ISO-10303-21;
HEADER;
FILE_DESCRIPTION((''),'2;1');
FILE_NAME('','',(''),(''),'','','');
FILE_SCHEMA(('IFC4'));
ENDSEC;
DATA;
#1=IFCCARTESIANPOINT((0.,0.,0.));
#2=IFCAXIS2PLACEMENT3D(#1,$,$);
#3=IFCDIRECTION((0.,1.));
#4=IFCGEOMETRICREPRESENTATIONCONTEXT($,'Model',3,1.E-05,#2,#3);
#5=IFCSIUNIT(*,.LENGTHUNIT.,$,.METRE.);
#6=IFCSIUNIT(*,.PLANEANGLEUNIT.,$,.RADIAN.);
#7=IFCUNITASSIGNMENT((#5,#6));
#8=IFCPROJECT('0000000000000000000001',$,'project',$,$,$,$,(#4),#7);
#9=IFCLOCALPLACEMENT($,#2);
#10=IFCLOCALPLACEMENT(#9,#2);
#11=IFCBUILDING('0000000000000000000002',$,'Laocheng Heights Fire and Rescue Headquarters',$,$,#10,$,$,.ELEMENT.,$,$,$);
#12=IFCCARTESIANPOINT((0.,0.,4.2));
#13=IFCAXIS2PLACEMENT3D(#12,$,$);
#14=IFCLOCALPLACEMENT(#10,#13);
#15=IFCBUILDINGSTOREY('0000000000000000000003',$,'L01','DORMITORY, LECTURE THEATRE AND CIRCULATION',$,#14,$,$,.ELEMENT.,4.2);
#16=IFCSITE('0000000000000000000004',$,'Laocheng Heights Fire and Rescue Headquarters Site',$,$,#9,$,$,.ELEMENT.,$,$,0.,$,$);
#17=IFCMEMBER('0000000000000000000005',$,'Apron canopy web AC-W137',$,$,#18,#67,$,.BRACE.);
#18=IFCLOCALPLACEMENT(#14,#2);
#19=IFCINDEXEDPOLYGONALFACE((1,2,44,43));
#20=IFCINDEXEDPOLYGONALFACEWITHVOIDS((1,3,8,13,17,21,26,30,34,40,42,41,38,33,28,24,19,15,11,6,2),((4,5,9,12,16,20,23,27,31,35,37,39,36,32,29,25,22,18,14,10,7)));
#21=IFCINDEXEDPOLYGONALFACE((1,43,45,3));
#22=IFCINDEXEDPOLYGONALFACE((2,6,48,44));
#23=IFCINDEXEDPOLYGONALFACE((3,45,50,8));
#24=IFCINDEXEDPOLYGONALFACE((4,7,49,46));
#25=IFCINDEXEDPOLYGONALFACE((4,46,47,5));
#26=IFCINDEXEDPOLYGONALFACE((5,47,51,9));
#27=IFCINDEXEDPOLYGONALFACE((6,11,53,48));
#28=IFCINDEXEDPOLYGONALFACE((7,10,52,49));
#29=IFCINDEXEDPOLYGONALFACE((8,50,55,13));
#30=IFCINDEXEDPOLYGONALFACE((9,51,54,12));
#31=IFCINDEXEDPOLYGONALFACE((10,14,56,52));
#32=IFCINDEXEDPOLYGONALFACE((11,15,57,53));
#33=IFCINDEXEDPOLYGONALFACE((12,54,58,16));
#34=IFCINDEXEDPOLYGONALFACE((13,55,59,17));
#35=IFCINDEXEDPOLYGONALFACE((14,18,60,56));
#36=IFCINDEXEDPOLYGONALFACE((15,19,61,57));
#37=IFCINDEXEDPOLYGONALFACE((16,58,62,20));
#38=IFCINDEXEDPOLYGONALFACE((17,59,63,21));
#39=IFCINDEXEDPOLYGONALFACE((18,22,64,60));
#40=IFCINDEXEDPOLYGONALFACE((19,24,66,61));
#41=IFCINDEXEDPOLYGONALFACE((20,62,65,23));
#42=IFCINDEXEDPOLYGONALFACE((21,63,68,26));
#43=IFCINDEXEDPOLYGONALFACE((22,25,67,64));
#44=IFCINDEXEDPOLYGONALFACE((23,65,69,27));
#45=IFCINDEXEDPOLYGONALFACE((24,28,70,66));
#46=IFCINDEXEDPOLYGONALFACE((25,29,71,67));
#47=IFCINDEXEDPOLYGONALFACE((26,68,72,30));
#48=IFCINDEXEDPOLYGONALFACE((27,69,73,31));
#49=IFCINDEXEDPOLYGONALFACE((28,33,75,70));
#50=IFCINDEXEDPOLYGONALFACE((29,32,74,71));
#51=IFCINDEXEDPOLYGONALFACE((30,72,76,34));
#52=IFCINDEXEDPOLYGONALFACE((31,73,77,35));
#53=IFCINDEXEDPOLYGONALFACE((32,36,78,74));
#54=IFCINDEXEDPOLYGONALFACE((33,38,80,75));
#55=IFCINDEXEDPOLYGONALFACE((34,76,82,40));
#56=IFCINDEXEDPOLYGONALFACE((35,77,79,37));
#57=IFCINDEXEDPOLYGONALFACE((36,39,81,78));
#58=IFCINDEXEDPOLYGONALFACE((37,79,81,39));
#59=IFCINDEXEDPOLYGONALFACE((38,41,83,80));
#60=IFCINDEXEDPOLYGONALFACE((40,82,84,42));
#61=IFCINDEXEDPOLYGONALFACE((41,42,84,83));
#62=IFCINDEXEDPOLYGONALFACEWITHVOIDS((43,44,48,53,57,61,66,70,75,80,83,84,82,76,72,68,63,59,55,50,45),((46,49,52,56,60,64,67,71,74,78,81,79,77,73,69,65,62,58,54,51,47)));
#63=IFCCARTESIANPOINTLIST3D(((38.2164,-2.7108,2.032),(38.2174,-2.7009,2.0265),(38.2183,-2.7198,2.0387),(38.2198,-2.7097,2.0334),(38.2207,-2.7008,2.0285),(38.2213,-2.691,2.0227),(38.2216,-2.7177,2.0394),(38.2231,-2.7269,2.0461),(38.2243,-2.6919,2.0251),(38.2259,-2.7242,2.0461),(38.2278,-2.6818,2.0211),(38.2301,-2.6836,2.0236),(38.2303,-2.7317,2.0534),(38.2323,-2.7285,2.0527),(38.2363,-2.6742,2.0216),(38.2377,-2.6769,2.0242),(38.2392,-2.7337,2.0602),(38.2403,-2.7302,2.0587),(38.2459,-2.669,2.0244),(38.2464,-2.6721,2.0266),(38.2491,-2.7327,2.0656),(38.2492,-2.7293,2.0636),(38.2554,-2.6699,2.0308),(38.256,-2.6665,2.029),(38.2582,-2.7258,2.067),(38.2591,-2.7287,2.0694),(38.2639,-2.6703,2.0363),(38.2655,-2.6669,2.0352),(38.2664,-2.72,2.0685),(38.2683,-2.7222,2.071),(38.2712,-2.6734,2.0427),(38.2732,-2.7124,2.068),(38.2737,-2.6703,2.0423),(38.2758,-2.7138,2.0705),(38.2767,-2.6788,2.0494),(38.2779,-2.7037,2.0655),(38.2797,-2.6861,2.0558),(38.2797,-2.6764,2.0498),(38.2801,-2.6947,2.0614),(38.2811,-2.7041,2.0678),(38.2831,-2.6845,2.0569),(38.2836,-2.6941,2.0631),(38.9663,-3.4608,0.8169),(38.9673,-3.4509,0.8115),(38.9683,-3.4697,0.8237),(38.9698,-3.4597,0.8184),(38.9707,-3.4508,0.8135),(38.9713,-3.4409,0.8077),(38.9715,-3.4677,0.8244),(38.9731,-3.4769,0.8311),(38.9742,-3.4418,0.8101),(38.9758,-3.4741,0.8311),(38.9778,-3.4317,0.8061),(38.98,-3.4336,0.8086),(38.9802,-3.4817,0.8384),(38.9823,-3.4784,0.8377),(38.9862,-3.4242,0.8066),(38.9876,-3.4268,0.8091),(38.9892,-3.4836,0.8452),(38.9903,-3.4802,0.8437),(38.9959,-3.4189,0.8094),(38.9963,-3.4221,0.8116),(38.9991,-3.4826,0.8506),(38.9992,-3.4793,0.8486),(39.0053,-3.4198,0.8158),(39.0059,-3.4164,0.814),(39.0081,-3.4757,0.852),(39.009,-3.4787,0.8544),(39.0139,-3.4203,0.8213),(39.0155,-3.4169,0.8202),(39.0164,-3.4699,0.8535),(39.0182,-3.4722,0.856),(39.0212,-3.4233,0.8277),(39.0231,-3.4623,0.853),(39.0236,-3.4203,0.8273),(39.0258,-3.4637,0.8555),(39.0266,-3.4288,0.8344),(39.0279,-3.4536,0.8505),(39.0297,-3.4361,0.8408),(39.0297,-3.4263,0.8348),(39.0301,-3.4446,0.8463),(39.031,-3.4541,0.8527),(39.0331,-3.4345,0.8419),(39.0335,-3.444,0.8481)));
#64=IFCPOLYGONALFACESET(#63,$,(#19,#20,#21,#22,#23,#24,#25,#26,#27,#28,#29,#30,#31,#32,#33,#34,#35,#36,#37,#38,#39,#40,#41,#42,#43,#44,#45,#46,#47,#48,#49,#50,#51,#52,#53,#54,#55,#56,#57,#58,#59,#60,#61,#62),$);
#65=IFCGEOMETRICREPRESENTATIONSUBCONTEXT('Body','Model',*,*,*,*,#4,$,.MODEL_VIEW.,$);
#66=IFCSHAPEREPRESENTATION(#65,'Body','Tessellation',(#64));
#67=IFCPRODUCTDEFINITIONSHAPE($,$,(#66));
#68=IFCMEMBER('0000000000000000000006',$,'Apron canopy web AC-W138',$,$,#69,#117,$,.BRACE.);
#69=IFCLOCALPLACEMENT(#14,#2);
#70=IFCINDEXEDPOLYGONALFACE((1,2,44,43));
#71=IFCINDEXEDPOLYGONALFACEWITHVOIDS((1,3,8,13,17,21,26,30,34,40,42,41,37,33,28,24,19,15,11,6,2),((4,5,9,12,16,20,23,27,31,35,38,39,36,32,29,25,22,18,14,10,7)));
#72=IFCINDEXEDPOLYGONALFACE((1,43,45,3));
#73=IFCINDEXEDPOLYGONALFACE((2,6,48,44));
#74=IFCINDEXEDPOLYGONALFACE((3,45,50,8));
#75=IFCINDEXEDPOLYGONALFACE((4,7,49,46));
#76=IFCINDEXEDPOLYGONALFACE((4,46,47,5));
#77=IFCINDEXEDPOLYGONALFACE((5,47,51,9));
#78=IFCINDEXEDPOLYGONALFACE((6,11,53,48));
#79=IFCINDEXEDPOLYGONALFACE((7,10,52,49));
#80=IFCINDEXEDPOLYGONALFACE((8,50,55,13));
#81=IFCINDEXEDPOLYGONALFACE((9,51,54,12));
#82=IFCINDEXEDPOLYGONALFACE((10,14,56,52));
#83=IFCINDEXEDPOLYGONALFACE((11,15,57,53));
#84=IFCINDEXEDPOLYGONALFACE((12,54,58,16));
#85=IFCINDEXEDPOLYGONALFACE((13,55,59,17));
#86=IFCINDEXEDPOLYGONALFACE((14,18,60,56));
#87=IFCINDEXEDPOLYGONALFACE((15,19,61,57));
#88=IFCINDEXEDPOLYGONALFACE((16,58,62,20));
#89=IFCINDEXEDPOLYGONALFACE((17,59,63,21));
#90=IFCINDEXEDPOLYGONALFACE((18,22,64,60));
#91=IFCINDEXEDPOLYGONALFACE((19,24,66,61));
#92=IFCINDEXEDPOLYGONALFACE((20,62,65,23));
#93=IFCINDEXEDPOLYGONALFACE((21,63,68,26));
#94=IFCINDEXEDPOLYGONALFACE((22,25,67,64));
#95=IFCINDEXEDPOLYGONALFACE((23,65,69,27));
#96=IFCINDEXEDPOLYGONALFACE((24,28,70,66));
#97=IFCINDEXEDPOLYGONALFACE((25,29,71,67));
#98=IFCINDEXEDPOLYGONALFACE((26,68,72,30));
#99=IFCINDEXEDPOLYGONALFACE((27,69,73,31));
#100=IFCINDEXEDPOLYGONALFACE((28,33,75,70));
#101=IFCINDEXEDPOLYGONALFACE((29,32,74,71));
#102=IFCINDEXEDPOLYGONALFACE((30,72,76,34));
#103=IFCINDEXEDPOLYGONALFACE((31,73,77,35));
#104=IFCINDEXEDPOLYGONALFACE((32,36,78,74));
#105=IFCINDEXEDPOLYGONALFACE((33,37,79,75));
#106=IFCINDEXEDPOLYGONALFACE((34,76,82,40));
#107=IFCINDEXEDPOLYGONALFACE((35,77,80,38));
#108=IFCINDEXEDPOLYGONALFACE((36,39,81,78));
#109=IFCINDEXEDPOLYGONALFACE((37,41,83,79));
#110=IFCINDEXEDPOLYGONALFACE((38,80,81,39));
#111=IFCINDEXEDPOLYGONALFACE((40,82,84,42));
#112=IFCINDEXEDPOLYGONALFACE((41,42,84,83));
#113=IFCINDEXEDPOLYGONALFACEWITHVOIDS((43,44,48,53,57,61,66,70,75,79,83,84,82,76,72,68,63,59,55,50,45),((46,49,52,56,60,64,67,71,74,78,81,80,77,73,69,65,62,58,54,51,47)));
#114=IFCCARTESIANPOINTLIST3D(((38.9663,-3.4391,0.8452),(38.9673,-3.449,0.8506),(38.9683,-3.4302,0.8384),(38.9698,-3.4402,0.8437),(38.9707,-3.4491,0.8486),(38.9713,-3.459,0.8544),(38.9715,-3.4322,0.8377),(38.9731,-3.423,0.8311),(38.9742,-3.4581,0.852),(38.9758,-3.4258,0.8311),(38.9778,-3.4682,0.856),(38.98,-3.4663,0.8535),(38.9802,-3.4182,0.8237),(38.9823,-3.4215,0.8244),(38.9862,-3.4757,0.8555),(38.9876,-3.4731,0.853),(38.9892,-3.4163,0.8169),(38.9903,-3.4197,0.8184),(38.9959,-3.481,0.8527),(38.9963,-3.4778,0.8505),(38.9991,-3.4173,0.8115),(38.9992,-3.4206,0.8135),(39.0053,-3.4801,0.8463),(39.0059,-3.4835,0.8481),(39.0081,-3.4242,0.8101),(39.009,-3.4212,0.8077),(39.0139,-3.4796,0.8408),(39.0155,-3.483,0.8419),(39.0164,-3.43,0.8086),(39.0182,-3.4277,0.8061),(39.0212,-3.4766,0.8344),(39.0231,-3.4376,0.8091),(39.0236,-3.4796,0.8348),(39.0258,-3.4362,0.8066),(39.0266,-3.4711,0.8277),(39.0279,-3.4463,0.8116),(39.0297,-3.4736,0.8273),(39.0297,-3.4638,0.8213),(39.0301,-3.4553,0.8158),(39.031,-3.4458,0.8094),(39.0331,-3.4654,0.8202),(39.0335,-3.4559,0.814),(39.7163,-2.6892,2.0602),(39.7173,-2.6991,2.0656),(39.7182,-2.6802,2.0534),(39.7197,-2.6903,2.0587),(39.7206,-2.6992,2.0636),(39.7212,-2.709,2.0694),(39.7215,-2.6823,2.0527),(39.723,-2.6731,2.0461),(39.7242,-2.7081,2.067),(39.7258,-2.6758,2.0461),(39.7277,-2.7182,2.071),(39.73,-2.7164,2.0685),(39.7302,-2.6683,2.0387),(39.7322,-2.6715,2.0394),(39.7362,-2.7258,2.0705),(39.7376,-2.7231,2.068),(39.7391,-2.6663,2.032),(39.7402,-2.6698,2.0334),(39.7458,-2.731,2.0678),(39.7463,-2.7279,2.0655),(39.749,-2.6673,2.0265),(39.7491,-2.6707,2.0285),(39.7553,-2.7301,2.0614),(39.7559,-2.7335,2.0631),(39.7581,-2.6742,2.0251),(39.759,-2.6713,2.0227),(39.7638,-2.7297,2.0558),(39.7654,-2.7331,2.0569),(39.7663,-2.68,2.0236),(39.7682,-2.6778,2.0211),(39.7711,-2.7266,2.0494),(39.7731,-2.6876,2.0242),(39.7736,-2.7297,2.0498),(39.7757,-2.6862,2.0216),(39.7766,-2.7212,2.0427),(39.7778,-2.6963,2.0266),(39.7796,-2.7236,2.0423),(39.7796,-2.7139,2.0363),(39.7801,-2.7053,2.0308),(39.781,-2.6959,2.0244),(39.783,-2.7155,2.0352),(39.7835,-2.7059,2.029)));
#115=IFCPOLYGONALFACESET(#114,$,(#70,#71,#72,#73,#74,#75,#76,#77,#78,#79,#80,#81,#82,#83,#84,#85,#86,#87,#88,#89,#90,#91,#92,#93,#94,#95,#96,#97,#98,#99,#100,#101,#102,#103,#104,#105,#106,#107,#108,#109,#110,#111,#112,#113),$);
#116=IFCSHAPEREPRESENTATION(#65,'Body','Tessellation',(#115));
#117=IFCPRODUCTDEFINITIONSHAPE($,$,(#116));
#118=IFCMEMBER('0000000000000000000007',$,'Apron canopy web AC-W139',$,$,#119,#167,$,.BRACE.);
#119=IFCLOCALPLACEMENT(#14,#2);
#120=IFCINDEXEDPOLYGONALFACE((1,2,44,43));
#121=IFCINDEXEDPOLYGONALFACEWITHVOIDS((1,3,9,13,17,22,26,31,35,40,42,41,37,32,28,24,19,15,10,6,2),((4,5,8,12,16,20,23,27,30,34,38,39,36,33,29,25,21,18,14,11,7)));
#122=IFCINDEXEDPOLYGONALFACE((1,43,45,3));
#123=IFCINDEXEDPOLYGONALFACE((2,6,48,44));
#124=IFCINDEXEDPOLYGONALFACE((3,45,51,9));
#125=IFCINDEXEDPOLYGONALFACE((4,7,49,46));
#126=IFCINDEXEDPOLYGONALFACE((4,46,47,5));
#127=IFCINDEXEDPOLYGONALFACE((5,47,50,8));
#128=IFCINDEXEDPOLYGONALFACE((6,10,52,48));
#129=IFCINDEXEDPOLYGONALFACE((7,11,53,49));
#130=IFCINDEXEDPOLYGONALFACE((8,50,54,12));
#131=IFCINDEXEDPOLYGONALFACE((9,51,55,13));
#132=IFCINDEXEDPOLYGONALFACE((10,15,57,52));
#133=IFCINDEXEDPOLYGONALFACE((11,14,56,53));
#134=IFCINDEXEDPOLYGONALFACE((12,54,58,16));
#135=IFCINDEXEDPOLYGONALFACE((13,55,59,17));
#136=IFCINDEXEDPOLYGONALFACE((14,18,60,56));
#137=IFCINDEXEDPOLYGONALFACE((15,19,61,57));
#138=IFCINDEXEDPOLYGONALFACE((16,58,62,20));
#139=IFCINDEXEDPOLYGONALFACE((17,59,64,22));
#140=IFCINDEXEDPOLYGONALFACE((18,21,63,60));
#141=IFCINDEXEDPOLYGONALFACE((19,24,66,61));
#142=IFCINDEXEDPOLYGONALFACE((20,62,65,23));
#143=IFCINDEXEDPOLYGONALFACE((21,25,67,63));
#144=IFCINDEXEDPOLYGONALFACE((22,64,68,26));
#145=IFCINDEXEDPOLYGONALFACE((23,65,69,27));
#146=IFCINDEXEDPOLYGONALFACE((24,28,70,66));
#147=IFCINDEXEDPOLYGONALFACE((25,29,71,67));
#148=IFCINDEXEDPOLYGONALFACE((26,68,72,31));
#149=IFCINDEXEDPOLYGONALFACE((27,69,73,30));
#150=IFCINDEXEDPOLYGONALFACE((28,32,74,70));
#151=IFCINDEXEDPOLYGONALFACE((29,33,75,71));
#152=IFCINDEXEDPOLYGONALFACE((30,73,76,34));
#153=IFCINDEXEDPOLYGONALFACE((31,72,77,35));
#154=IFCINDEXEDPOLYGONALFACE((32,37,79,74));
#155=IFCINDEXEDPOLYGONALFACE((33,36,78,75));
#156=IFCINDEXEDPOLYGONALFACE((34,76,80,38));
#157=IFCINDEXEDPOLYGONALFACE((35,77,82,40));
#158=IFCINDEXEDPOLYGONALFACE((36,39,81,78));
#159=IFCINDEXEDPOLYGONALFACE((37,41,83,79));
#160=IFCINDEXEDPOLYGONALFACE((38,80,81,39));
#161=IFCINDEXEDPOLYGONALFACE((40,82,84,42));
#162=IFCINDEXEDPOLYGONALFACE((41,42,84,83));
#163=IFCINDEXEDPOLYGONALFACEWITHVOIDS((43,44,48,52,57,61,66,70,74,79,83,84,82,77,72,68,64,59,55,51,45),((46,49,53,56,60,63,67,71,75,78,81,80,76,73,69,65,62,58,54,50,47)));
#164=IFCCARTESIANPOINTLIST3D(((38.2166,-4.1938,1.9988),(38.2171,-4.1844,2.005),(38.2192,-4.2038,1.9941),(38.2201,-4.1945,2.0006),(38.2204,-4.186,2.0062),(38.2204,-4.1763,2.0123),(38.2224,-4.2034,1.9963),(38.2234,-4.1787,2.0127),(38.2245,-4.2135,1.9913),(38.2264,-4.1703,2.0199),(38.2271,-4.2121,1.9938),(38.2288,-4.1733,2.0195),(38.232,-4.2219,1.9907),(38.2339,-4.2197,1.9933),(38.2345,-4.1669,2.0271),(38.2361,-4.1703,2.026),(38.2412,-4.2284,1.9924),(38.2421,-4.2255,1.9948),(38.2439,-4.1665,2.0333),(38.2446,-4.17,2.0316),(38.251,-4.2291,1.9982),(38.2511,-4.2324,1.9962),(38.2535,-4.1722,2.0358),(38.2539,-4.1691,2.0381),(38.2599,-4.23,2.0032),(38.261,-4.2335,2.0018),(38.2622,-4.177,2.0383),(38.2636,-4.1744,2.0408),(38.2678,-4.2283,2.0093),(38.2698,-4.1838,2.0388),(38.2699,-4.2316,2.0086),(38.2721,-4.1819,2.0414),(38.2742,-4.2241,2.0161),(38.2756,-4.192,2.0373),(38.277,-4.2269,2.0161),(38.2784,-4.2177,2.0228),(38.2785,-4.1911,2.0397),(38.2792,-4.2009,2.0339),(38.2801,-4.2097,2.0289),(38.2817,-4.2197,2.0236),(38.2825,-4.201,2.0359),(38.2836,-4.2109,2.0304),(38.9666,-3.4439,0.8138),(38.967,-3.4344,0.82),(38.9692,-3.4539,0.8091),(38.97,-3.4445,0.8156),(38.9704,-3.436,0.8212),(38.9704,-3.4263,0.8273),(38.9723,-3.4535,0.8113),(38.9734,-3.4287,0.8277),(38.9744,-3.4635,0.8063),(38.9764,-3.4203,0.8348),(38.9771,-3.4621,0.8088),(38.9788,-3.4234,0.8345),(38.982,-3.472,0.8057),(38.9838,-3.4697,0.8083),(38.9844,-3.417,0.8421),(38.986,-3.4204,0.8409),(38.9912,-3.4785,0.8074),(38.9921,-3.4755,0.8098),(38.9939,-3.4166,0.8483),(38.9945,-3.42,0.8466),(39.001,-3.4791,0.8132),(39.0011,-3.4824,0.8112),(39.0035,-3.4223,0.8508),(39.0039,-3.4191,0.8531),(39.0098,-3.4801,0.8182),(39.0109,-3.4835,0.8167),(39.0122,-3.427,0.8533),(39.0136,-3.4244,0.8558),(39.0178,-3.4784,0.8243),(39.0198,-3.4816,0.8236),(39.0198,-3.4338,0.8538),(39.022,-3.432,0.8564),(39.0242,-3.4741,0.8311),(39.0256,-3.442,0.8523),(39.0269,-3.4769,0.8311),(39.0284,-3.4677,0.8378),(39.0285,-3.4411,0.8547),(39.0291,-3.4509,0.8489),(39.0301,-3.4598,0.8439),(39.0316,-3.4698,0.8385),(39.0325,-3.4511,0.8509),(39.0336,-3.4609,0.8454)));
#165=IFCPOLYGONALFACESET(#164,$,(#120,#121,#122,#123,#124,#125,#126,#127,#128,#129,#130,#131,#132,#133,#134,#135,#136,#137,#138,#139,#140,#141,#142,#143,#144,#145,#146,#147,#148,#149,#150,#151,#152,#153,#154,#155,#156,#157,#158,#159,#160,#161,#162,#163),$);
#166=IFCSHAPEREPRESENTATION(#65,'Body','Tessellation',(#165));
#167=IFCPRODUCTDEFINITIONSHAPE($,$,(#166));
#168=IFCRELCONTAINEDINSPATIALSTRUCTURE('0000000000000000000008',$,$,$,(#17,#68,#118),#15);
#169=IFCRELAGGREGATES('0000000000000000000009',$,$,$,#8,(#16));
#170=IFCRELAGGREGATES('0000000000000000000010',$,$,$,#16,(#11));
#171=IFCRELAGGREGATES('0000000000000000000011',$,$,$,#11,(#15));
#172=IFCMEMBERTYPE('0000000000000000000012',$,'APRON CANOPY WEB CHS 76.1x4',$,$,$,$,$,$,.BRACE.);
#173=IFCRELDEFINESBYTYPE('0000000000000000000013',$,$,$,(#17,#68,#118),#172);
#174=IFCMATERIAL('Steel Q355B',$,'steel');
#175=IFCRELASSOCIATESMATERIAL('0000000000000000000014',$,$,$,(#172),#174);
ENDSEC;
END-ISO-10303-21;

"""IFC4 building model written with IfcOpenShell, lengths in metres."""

from ifc_helpers import new_model, si_unit, direction, frame, origin, origin_2d, place, context, subcontext, project, spatial, hollow_circle, extrude, material, material_profile, profile_set, type_object, element, save


model = new_model("IFC4")

# Units and contexts
model_context = context("Model", 3, precision=1e-05, world=origin(), true_north=direction((0.0, 1.0)))
body_context = subcontext(model_context, "Body", "Model", "MODEL_VIEW")
ifc_project = project(units=[si_unit("LENGTHUNIT", "METRE"), si_unit("PLANEANGLEUNIT", "RADIAN")], contexts=[model_context])

# Site, building, storey
site_placement = place(None, origin())
site = spatial("IfcSite", under=ifc_project, at=site_placement, Name="Laocheng Heights Fire and Rescue Headquarters Site", CompositionType="ELEMENT", RefElevation=0.0)
building_placement = place(site_placement, origin())
building = spatial("IfcBuilding", under=site, at=building_placement, Name="Laocheng Heights Fire and Rescue Headquarters", CompositionType="ELEMENT")
storey_placement = place(building_placement, frame((0.0, 0.0, 4.2)))
storey = spatial("IfcBuildingStorey", under=building, at=storey_placement, Name="L01", Description="DORMITORY, LECTURE THEATRE AND CIRCULATION", CompositionType="ELEMENT", Elevation=4.2)

# Members
ifc_material_1 = material(Name="Steel Q355B", Category="steel")
ifc_material_profile_1 = material_profile(ifc_material_1, hollow_circle(Radius=0.0381, WallThickness=0.0039, at=origin_2d()), Name="CHS 76.1x4")
ifc_profile_set_1 = profile_set([ifc_material_profile_1], Name="Steel Q355B")
member_type_1 = type_object("IfcMemberType", Name="APRON CANOPY WEB CHS 76.1x4", PredefinedType="BRACE", material=ifc_profile_set_1)
for number, where, z_axis, x_axis, name in (
    (1, (39.0, -3.45, 0.8311), (-0.465002, 0.465002, 0.753357), (-0.707107, -0.707107, 0.0), "Apron canopy web AC-W137"),
    (2, (39.0, -3.45, 0.8311), (0.465002, 0.465002, 0.753357), (-0.707107, 0.707107, 0.0), "Apron canopy web AC-W138"),
):
    element("IfcMember", number, at=place(storey_placement, frame(where, z_axis=z_axis, x_axis=x_axis)), inside=storey, type_object=member_type_1, Name=name, PredefinedType="BRACE", context=body_context, shape_type="SweptSolid", body=[
        extrude(hollow_circle(Radius=0.0381, WallThickness=0.0039, at=origin_2d()), origin(), (0.0, 0.0, 1.0), 1.6128),
    ])
for number, where, z_axis, x_axis, name in (
    (3, (39.0, -3.45, 0.8311), (-0.47158, -0.47158, 0.745134), (0.707107, -0.707107, 0.0), "Apron canopy web AC-W139"),
):
    element("IfcMember", number, at=place(storey_placement, frame(where, z_axis=z_axis, x_axis=x_axis)), inside=storey, type_object=member_type_1, Name=name, PredefinedType="BRACE", context=body_context, shape_type="SweptSolid", body=[
        extrude(hollow_circle(Radius=0.0381, WallThickness=0.0039, at=origin_2d()), origin(), (0.0, 0.0, 1.0), 1.5903),
    ])

save(model, "model.ifc")
